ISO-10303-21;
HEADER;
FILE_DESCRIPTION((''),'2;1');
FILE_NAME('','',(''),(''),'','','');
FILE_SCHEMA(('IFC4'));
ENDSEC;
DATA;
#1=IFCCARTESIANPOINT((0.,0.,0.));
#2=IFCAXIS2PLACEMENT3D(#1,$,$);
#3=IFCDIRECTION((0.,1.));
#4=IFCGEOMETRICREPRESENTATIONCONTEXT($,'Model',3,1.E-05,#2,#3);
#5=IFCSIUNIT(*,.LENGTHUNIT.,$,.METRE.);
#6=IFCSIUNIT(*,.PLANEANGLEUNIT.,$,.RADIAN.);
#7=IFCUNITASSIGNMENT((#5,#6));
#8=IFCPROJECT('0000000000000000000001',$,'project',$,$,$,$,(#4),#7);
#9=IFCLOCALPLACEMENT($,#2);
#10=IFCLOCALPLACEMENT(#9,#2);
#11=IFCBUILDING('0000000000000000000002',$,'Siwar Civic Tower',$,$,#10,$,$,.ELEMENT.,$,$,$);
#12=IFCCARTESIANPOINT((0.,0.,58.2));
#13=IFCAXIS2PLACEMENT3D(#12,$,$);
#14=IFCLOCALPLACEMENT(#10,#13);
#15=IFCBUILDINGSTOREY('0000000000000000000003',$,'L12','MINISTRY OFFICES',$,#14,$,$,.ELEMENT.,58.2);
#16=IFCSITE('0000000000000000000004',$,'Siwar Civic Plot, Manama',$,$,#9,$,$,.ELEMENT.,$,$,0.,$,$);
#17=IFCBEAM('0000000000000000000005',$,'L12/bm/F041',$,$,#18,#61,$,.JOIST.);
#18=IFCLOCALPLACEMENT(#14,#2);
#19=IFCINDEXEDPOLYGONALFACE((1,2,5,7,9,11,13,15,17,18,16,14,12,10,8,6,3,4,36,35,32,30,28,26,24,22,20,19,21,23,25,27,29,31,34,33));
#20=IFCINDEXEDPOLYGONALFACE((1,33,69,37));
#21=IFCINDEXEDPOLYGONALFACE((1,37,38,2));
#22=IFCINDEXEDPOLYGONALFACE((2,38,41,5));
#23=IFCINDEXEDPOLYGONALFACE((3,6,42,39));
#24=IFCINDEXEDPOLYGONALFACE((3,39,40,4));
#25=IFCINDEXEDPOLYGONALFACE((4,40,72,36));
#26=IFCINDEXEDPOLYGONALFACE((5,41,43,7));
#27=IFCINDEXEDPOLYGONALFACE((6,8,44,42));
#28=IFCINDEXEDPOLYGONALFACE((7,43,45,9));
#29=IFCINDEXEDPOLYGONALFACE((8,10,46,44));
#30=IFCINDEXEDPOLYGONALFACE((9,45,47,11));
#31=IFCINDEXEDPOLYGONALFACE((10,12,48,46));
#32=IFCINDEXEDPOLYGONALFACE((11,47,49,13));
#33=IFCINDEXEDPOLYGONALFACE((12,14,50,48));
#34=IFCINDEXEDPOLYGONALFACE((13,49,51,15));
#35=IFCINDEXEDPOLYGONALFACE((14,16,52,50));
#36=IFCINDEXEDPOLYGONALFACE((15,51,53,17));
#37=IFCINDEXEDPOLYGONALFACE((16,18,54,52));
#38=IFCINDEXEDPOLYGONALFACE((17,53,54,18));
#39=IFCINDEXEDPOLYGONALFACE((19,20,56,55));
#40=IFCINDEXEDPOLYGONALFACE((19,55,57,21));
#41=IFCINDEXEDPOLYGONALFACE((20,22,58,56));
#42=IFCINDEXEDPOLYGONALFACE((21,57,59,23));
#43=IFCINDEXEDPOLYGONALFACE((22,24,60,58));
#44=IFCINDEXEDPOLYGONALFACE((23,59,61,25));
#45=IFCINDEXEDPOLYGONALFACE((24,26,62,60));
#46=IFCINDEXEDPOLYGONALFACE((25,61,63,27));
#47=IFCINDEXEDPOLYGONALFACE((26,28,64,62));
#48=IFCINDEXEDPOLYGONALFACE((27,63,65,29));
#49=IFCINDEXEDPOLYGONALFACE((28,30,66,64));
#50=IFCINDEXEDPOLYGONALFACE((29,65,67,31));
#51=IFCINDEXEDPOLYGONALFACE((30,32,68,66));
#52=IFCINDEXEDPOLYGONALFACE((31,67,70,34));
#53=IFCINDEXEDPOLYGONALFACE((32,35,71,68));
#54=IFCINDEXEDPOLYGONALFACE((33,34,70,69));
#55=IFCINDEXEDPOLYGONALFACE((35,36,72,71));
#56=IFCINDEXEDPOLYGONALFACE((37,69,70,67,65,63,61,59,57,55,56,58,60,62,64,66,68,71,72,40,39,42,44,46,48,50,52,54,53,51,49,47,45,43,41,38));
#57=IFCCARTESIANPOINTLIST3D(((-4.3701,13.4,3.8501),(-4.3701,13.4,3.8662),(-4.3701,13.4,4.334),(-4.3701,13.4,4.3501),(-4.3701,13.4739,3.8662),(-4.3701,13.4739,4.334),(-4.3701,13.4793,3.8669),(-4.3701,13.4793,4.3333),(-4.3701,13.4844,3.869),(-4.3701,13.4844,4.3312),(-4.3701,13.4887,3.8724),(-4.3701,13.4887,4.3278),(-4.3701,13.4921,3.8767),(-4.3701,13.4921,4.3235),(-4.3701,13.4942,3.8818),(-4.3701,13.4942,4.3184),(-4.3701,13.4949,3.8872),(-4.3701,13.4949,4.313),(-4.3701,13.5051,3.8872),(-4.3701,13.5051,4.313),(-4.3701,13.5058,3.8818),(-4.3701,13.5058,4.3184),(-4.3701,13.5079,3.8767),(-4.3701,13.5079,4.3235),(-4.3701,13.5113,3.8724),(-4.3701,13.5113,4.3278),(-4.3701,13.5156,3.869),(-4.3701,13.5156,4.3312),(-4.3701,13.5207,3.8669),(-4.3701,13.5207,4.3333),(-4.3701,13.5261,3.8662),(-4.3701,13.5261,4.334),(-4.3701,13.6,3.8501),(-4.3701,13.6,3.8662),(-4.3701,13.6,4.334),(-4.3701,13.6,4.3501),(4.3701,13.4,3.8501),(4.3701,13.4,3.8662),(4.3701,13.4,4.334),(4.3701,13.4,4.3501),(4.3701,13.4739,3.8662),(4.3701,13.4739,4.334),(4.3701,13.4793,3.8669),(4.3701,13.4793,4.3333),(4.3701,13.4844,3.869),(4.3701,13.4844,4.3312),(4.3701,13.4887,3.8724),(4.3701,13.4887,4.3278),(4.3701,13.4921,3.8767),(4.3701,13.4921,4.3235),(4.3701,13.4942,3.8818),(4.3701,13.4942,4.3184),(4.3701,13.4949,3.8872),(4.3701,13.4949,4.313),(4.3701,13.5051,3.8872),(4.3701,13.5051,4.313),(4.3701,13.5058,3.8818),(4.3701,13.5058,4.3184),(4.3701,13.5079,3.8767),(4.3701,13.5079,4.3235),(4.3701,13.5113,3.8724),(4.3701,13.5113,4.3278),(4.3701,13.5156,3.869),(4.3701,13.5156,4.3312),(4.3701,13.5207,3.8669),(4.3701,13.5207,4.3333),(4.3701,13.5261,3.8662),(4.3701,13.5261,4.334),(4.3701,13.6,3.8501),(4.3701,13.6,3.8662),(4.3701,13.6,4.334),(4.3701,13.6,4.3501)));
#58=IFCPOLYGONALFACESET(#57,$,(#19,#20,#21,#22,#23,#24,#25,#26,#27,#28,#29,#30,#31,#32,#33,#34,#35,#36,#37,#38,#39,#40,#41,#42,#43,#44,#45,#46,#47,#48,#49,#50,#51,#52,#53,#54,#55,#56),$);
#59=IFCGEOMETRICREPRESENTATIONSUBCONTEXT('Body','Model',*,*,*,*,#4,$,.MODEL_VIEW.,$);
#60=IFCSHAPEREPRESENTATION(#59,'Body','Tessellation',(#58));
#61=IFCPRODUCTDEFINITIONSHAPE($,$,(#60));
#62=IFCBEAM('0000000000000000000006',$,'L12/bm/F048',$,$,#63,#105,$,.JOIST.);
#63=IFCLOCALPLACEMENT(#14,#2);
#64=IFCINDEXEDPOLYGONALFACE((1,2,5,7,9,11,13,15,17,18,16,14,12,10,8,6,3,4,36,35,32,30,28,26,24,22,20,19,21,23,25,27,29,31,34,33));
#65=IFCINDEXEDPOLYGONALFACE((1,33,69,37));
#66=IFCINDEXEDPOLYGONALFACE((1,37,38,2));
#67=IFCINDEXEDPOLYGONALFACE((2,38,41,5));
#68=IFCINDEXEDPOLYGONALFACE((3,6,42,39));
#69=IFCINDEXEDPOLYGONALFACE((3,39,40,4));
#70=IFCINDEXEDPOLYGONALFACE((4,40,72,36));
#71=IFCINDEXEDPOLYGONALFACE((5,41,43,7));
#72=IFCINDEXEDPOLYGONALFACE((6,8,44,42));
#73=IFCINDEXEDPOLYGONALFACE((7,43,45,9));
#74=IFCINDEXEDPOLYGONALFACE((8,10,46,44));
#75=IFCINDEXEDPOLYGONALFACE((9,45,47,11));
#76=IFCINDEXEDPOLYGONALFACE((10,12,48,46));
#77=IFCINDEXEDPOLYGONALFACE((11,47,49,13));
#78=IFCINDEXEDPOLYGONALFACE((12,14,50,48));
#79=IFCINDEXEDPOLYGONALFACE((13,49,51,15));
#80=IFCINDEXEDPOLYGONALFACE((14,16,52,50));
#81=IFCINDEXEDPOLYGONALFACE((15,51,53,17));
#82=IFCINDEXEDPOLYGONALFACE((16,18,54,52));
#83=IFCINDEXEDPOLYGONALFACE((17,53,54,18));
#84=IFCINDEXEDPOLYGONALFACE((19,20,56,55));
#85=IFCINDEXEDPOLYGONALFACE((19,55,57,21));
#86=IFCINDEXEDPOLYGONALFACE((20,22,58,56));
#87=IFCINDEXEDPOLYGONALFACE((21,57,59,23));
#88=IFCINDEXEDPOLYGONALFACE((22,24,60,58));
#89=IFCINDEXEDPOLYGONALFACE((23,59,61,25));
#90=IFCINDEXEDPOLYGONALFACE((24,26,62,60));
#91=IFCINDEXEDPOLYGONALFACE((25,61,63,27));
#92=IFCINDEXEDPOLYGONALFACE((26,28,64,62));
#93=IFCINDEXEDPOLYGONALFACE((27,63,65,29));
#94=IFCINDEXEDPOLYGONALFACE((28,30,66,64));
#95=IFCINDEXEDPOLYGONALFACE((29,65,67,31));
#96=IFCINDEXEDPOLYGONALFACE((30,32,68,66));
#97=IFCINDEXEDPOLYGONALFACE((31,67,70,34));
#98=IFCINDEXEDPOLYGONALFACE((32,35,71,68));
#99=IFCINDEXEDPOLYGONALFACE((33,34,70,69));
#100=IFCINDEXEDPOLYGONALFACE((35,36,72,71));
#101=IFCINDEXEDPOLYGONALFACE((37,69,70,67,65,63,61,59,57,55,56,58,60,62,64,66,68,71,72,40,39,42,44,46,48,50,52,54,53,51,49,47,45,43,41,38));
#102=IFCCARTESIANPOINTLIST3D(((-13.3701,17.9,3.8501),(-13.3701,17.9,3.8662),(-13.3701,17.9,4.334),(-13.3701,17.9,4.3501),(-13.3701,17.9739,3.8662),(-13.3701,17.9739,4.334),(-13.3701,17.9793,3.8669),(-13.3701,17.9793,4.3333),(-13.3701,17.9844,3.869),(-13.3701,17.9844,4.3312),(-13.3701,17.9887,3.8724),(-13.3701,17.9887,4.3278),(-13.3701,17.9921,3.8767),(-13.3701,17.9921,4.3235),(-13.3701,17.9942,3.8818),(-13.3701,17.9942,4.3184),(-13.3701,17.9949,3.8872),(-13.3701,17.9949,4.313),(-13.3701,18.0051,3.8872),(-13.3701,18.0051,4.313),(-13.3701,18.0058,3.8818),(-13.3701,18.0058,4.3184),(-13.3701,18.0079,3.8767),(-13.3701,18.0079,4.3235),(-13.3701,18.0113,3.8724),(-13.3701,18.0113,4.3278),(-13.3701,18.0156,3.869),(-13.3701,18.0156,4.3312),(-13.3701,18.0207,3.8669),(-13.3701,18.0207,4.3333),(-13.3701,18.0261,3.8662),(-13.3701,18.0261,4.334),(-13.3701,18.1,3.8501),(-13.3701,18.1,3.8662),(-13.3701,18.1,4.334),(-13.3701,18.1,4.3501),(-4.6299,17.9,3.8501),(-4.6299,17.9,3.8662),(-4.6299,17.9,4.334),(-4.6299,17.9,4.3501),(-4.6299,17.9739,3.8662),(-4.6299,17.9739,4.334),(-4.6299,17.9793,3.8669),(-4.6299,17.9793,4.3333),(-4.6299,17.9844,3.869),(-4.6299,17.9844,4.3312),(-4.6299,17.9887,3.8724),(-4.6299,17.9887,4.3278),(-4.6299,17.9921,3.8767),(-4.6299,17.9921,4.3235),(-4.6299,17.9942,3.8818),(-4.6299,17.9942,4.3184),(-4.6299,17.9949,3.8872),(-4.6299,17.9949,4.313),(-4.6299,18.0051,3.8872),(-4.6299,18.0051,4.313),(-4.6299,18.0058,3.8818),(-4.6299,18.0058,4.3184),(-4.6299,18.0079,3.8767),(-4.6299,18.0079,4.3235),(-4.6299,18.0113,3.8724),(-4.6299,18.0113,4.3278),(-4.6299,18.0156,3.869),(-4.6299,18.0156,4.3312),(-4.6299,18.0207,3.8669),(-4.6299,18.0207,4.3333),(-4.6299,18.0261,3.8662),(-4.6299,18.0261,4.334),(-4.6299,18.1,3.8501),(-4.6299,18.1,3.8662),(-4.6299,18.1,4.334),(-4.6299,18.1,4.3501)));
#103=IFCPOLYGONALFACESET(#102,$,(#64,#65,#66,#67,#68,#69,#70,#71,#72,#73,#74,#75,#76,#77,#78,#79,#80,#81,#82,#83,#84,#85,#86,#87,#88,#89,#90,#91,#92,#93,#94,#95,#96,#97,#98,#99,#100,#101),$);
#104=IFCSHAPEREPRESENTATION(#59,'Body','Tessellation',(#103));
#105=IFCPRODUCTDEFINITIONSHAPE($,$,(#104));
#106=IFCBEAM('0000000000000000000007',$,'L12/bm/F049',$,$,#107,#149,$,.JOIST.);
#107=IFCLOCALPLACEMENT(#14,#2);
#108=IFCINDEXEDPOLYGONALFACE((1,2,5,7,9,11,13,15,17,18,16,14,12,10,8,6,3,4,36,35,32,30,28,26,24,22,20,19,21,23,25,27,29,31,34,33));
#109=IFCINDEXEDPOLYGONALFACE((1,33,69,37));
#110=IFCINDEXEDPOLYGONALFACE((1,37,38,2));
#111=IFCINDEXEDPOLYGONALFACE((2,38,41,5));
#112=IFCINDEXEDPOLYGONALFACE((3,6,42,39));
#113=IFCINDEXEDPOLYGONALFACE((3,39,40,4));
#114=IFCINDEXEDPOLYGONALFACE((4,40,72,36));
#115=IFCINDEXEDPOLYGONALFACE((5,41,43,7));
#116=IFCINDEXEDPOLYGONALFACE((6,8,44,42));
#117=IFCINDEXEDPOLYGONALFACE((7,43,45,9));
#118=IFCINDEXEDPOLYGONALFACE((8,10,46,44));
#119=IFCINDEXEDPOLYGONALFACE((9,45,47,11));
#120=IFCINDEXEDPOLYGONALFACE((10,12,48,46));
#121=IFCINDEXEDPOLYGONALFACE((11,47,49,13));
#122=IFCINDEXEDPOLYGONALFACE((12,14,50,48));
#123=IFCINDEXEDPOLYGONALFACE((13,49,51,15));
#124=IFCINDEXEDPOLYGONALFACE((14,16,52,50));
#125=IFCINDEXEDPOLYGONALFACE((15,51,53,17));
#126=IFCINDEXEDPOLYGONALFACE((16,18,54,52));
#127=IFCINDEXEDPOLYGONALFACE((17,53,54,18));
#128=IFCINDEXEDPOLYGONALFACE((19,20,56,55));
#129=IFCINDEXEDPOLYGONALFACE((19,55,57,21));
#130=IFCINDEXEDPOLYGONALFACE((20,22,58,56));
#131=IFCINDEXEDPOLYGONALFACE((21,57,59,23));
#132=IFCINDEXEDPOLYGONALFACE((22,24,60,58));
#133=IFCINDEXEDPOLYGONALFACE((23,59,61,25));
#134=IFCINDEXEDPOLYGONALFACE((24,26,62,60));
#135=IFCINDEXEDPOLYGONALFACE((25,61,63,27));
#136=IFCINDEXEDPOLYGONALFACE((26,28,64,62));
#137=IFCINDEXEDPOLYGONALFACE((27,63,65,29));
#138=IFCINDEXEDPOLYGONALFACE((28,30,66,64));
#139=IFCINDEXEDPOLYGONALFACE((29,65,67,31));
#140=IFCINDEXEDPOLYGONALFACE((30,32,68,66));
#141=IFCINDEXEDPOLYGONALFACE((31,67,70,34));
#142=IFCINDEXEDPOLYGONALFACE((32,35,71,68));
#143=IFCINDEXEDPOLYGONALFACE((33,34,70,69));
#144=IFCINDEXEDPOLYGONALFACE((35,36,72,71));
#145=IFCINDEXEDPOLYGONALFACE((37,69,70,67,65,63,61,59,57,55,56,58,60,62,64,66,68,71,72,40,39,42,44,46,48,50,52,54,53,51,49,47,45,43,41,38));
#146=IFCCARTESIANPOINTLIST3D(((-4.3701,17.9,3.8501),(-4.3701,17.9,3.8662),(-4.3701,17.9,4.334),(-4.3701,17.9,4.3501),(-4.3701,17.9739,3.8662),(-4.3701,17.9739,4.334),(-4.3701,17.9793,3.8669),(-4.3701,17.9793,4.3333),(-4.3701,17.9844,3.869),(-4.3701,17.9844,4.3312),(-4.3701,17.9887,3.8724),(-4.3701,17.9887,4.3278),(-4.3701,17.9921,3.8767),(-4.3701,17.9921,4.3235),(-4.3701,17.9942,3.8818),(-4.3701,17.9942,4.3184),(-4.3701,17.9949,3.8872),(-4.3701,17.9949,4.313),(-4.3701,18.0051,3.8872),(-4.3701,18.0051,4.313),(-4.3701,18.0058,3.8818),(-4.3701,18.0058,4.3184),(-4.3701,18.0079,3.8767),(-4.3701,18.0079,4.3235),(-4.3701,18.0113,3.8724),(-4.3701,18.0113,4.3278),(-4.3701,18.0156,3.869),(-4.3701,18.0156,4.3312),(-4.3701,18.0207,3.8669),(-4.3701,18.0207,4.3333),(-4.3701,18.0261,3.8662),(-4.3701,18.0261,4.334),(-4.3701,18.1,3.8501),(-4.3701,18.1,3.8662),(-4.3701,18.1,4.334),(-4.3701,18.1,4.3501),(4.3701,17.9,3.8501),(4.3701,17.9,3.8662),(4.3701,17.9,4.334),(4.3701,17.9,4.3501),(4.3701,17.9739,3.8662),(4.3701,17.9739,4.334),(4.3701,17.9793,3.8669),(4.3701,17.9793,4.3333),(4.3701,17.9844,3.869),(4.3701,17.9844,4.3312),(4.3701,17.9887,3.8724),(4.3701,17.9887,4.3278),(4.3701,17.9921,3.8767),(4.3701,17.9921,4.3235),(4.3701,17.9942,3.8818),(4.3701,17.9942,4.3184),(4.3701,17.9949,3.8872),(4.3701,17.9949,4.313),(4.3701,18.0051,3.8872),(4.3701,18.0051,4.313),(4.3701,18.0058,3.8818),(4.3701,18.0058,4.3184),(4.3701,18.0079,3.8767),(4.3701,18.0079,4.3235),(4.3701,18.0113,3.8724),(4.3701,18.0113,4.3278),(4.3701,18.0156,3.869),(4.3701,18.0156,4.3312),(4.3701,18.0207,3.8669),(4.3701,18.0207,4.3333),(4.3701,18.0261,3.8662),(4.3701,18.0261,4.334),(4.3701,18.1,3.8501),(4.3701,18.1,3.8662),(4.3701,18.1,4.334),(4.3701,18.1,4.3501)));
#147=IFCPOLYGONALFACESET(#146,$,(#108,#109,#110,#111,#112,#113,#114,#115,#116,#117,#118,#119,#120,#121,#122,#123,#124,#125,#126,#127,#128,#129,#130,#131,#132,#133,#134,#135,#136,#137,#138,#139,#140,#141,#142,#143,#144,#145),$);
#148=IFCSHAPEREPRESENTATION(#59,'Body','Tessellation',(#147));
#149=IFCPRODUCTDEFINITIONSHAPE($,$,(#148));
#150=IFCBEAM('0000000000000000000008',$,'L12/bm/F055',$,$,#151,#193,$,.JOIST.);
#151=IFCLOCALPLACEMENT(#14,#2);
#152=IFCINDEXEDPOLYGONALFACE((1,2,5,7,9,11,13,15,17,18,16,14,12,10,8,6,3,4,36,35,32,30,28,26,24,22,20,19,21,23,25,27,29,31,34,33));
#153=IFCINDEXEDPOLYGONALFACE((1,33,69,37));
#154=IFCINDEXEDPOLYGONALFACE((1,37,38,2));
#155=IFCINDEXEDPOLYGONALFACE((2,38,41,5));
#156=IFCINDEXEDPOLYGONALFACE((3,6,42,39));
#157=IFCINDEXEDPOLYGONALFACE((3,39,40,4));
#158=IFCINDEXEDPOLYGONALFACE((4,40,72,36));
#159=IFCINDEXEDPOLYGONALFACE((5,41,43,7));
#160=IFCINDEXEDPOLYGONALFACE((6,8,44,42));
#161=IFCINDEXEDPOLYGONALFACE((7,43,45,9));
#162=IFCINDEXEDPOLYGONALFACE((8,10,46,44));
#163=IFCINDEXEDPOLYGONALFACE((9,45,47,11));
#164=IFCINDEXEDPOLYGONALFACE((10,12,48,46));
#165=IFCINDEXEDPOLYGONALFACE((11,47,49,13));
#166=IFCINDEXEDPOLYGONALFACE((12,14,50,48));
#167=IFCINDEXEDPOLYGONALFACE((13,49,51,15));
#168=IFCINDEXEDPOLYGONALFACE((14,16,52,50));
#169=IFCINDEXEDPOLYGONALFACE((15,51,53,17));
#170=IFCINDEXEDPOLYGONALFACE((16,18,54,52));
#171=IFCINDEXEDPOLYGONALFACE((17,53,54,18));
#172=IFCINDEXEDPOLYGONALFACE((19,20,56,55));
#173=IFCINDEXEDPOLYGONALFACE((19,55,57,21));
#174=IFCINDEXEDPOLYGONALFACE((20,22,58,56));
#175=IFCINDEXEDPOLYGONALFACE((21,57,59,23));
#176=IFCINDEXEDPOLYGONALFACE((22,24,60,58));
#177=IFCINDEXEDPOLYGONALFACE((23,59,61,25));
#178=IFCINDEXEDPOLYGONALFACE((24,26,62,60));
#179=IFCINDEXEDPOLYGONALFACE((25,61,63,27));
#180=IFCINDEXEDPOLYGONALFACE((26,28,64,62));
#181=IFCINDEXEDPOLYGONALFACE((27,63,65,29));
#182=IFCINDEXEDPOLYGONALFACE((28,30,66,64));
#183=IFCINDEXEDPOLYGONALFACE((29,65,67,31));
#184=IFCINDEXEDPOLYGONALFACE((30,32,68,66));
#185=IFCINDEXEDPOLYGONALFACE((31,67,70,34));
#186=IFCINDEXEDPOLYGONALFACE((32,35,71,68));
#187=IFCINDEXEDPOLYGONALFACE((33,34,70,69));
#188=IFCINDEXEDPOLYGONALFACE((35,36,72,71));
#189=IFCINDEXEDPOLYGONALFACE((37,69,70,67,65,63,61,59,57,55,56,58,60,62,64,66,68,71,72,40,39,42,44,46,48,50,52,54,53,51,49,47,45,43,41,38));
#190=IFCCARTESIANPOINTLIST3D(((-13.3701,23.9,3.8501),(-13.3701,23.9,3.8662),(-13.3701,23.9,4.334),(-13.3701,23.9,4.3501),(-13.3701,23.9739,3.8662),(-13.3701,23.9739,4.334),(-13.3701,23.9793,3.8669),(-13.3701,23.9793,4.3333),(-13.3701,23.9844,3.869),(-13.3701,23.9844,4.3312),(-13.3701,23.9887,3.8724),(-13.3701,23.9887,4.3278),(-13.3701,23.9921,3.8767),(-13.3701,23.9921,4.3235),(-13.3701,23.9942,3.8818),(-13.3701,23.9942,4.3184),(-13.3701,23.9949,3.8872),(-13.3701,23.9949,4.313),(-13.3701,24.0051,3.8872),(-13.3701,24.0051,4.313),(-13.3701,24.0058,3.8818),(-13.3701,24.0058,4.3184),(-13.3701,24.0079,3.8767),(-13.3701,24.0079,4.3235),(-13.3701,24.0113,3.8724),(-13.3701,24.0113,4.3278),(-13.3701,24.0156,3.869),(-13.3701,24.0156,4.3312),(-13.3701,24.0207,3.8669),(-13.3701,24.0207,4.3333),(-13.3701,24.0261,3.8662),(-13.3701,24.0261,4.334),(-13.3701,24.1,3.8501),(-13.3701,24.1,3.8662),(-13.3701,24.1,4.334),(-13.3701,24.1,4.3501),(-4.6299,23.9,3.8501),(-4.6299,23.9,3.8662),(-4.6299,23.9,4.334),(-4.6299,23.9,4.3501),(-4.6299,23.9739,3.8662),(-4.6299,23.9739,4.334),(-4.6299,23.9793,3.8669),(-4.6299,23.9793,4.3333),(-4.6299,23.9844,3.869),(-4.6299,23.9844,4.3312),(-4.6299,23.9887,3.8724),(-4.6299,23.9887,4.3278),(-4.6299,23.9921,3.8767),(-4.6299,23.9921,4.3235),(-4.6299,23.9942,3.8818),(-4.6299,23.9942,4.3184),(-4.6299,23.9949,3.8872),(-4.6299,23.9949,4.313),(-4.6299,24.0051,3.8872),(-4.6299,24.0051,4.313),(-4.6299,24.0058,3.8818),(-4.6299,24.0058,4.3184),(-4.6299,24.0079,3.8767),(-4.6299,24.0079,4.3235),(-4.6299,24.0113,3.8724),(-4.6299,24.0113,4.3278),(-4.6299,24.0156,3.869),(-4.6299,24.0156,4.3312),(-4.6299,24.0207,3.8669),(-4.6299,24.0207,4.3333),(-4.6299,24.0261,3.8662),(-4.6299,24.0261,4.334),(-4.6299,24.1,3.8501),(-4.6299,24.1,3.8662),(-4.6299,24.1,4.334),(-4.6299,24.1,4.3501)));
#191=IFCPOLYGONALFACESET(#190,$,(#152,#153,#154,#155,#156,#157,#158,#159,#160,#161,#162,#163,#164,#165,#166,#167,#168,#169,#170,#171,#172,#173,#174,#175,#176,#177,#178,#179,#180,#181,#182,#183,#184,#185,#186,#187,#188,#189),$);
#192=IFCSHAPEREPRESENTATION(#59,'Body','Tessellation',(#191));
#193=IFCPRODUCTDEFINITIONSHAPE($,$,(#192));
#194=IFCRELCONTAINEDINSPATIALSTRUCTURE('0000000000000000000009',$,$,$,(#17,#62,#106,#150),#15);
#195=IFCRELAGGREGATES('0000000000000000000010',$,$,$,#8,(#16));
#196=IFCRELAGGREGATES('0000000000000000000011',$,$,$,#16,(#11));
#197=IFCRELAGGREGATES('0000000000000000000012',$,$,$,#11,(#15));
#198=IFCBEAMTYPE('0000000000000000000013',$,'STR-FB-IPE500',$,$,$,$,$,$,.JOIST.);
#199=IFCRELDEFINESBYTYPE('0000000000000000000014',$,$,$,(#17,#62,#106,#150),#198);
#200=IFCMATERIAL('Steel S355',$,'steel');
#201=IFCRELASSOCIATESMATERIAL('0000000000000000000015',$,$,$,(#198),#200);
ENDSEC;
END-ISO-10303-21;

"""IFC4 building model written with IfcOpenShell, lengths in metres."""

from ifc_helpers import new_model, si_unit, direction, frame, origin, origin_2d, place, context, subcontext, project, spatial, i_section, extrude, material, material_profile, profile_set, type_object, element, save


model = new_model("IFC4")

# Units and contexts
model_context = context("Model", 3, precision=1e-05, world=origin(), true_north=direction((0.0, 1.0)))
body_context = subcontext(model_context, "Body", "Model", "MODEL_VIEW")
ifc_project = project(units=[si_unit("LENGTHUNIT", "METRE"), si_unit("PLANEANGLEUNIT", "RADIAN")], contexts=[model_context])

# Site, building, storey
site_placement = place(None, origin())
site = spatial("IfcSite", under=ifc_project, at=site_placement, Name="Siwar Civic Plot, Manama", CompositionType="ELEMENT", RefElevation=0.0)
building_placement = place(site_placement, origin())
building = spatial("IfcBuilding", under=site, at=building_placement, Name="Siwar Civic Tower", CompositionType="ELEMENT")
storey_placement = place(building_placement, frame((0.0, 0.0, 58.2)))
storey = spatial("IfcBuildingStorey", under=building, at=storey_placement, Name="L12", Description="MINISTRY OFFICES", CompositionType="ELEMENT", Elevation=58.2)

# Beams
ifc_material_1 = material(Name="Steel S355", Category="steel")
ifc_material_profile_1 = material_profile(ifc_material_1, i_section(OverallWidth=0.2, OverallDepth=0.5, WebThickness=0.0103, FlangeThickness=0.0161, FilletRadius=0.021, at=origin_2d()), Name="IPE500")
ifc_profile_set_1 = profile_set([ifc_material_profile_1], Name="Steel S355")
beam_type_1 = type_object("IfcBeamType", Name="STR-FB-IPE500", PredefinedType="JOIST", material=ifc_profile_set_1)
for number, where, z_axis, x_axis, name in (
    (1, (-4.3701, 13.5, 4.1001), (1.0, 0.0, 0.0), (0.0, 1.0, 0.0), "L12/bm/F041"),
    (2, (-13.3701, 18.0, 4.1001), (1.0, 0.0, 0.0), (0.0, 1.0, 0.0), "L12/bm/F048"),
    (3, (-4.3701, 18.0, 4.1001), (1.0, 0.0, 0.0), (0.0, 1.0, 0.0), "L12/bm/F049"),
    (4, (-13.3701, 24.0, 4.1001), (1.0, 0.0, 0.0), (0.0, 1.0, 0.0), "L12/bm/F055"),
):
    element("IfcBeam", number, at=place(storey_placement, frame(where, z_axis=z_axis, x_axis=x_axis)), inside=storey, type_object=beam_type_1, Name=name, PredefinedType="JOIST", context=body_context, shape_type="SweptSolid", body=[
        extrude(i_section(OverallWidth=0.2, OverallDepth=0.5, WebThickness=0.0103, FlangeThickness=0.0161, FilletRadius=0.021, at=origin_2d()), origin(), (0.0, 0.0, 1.0), 8.7402),
    ])

save(model, "model.ifc")
